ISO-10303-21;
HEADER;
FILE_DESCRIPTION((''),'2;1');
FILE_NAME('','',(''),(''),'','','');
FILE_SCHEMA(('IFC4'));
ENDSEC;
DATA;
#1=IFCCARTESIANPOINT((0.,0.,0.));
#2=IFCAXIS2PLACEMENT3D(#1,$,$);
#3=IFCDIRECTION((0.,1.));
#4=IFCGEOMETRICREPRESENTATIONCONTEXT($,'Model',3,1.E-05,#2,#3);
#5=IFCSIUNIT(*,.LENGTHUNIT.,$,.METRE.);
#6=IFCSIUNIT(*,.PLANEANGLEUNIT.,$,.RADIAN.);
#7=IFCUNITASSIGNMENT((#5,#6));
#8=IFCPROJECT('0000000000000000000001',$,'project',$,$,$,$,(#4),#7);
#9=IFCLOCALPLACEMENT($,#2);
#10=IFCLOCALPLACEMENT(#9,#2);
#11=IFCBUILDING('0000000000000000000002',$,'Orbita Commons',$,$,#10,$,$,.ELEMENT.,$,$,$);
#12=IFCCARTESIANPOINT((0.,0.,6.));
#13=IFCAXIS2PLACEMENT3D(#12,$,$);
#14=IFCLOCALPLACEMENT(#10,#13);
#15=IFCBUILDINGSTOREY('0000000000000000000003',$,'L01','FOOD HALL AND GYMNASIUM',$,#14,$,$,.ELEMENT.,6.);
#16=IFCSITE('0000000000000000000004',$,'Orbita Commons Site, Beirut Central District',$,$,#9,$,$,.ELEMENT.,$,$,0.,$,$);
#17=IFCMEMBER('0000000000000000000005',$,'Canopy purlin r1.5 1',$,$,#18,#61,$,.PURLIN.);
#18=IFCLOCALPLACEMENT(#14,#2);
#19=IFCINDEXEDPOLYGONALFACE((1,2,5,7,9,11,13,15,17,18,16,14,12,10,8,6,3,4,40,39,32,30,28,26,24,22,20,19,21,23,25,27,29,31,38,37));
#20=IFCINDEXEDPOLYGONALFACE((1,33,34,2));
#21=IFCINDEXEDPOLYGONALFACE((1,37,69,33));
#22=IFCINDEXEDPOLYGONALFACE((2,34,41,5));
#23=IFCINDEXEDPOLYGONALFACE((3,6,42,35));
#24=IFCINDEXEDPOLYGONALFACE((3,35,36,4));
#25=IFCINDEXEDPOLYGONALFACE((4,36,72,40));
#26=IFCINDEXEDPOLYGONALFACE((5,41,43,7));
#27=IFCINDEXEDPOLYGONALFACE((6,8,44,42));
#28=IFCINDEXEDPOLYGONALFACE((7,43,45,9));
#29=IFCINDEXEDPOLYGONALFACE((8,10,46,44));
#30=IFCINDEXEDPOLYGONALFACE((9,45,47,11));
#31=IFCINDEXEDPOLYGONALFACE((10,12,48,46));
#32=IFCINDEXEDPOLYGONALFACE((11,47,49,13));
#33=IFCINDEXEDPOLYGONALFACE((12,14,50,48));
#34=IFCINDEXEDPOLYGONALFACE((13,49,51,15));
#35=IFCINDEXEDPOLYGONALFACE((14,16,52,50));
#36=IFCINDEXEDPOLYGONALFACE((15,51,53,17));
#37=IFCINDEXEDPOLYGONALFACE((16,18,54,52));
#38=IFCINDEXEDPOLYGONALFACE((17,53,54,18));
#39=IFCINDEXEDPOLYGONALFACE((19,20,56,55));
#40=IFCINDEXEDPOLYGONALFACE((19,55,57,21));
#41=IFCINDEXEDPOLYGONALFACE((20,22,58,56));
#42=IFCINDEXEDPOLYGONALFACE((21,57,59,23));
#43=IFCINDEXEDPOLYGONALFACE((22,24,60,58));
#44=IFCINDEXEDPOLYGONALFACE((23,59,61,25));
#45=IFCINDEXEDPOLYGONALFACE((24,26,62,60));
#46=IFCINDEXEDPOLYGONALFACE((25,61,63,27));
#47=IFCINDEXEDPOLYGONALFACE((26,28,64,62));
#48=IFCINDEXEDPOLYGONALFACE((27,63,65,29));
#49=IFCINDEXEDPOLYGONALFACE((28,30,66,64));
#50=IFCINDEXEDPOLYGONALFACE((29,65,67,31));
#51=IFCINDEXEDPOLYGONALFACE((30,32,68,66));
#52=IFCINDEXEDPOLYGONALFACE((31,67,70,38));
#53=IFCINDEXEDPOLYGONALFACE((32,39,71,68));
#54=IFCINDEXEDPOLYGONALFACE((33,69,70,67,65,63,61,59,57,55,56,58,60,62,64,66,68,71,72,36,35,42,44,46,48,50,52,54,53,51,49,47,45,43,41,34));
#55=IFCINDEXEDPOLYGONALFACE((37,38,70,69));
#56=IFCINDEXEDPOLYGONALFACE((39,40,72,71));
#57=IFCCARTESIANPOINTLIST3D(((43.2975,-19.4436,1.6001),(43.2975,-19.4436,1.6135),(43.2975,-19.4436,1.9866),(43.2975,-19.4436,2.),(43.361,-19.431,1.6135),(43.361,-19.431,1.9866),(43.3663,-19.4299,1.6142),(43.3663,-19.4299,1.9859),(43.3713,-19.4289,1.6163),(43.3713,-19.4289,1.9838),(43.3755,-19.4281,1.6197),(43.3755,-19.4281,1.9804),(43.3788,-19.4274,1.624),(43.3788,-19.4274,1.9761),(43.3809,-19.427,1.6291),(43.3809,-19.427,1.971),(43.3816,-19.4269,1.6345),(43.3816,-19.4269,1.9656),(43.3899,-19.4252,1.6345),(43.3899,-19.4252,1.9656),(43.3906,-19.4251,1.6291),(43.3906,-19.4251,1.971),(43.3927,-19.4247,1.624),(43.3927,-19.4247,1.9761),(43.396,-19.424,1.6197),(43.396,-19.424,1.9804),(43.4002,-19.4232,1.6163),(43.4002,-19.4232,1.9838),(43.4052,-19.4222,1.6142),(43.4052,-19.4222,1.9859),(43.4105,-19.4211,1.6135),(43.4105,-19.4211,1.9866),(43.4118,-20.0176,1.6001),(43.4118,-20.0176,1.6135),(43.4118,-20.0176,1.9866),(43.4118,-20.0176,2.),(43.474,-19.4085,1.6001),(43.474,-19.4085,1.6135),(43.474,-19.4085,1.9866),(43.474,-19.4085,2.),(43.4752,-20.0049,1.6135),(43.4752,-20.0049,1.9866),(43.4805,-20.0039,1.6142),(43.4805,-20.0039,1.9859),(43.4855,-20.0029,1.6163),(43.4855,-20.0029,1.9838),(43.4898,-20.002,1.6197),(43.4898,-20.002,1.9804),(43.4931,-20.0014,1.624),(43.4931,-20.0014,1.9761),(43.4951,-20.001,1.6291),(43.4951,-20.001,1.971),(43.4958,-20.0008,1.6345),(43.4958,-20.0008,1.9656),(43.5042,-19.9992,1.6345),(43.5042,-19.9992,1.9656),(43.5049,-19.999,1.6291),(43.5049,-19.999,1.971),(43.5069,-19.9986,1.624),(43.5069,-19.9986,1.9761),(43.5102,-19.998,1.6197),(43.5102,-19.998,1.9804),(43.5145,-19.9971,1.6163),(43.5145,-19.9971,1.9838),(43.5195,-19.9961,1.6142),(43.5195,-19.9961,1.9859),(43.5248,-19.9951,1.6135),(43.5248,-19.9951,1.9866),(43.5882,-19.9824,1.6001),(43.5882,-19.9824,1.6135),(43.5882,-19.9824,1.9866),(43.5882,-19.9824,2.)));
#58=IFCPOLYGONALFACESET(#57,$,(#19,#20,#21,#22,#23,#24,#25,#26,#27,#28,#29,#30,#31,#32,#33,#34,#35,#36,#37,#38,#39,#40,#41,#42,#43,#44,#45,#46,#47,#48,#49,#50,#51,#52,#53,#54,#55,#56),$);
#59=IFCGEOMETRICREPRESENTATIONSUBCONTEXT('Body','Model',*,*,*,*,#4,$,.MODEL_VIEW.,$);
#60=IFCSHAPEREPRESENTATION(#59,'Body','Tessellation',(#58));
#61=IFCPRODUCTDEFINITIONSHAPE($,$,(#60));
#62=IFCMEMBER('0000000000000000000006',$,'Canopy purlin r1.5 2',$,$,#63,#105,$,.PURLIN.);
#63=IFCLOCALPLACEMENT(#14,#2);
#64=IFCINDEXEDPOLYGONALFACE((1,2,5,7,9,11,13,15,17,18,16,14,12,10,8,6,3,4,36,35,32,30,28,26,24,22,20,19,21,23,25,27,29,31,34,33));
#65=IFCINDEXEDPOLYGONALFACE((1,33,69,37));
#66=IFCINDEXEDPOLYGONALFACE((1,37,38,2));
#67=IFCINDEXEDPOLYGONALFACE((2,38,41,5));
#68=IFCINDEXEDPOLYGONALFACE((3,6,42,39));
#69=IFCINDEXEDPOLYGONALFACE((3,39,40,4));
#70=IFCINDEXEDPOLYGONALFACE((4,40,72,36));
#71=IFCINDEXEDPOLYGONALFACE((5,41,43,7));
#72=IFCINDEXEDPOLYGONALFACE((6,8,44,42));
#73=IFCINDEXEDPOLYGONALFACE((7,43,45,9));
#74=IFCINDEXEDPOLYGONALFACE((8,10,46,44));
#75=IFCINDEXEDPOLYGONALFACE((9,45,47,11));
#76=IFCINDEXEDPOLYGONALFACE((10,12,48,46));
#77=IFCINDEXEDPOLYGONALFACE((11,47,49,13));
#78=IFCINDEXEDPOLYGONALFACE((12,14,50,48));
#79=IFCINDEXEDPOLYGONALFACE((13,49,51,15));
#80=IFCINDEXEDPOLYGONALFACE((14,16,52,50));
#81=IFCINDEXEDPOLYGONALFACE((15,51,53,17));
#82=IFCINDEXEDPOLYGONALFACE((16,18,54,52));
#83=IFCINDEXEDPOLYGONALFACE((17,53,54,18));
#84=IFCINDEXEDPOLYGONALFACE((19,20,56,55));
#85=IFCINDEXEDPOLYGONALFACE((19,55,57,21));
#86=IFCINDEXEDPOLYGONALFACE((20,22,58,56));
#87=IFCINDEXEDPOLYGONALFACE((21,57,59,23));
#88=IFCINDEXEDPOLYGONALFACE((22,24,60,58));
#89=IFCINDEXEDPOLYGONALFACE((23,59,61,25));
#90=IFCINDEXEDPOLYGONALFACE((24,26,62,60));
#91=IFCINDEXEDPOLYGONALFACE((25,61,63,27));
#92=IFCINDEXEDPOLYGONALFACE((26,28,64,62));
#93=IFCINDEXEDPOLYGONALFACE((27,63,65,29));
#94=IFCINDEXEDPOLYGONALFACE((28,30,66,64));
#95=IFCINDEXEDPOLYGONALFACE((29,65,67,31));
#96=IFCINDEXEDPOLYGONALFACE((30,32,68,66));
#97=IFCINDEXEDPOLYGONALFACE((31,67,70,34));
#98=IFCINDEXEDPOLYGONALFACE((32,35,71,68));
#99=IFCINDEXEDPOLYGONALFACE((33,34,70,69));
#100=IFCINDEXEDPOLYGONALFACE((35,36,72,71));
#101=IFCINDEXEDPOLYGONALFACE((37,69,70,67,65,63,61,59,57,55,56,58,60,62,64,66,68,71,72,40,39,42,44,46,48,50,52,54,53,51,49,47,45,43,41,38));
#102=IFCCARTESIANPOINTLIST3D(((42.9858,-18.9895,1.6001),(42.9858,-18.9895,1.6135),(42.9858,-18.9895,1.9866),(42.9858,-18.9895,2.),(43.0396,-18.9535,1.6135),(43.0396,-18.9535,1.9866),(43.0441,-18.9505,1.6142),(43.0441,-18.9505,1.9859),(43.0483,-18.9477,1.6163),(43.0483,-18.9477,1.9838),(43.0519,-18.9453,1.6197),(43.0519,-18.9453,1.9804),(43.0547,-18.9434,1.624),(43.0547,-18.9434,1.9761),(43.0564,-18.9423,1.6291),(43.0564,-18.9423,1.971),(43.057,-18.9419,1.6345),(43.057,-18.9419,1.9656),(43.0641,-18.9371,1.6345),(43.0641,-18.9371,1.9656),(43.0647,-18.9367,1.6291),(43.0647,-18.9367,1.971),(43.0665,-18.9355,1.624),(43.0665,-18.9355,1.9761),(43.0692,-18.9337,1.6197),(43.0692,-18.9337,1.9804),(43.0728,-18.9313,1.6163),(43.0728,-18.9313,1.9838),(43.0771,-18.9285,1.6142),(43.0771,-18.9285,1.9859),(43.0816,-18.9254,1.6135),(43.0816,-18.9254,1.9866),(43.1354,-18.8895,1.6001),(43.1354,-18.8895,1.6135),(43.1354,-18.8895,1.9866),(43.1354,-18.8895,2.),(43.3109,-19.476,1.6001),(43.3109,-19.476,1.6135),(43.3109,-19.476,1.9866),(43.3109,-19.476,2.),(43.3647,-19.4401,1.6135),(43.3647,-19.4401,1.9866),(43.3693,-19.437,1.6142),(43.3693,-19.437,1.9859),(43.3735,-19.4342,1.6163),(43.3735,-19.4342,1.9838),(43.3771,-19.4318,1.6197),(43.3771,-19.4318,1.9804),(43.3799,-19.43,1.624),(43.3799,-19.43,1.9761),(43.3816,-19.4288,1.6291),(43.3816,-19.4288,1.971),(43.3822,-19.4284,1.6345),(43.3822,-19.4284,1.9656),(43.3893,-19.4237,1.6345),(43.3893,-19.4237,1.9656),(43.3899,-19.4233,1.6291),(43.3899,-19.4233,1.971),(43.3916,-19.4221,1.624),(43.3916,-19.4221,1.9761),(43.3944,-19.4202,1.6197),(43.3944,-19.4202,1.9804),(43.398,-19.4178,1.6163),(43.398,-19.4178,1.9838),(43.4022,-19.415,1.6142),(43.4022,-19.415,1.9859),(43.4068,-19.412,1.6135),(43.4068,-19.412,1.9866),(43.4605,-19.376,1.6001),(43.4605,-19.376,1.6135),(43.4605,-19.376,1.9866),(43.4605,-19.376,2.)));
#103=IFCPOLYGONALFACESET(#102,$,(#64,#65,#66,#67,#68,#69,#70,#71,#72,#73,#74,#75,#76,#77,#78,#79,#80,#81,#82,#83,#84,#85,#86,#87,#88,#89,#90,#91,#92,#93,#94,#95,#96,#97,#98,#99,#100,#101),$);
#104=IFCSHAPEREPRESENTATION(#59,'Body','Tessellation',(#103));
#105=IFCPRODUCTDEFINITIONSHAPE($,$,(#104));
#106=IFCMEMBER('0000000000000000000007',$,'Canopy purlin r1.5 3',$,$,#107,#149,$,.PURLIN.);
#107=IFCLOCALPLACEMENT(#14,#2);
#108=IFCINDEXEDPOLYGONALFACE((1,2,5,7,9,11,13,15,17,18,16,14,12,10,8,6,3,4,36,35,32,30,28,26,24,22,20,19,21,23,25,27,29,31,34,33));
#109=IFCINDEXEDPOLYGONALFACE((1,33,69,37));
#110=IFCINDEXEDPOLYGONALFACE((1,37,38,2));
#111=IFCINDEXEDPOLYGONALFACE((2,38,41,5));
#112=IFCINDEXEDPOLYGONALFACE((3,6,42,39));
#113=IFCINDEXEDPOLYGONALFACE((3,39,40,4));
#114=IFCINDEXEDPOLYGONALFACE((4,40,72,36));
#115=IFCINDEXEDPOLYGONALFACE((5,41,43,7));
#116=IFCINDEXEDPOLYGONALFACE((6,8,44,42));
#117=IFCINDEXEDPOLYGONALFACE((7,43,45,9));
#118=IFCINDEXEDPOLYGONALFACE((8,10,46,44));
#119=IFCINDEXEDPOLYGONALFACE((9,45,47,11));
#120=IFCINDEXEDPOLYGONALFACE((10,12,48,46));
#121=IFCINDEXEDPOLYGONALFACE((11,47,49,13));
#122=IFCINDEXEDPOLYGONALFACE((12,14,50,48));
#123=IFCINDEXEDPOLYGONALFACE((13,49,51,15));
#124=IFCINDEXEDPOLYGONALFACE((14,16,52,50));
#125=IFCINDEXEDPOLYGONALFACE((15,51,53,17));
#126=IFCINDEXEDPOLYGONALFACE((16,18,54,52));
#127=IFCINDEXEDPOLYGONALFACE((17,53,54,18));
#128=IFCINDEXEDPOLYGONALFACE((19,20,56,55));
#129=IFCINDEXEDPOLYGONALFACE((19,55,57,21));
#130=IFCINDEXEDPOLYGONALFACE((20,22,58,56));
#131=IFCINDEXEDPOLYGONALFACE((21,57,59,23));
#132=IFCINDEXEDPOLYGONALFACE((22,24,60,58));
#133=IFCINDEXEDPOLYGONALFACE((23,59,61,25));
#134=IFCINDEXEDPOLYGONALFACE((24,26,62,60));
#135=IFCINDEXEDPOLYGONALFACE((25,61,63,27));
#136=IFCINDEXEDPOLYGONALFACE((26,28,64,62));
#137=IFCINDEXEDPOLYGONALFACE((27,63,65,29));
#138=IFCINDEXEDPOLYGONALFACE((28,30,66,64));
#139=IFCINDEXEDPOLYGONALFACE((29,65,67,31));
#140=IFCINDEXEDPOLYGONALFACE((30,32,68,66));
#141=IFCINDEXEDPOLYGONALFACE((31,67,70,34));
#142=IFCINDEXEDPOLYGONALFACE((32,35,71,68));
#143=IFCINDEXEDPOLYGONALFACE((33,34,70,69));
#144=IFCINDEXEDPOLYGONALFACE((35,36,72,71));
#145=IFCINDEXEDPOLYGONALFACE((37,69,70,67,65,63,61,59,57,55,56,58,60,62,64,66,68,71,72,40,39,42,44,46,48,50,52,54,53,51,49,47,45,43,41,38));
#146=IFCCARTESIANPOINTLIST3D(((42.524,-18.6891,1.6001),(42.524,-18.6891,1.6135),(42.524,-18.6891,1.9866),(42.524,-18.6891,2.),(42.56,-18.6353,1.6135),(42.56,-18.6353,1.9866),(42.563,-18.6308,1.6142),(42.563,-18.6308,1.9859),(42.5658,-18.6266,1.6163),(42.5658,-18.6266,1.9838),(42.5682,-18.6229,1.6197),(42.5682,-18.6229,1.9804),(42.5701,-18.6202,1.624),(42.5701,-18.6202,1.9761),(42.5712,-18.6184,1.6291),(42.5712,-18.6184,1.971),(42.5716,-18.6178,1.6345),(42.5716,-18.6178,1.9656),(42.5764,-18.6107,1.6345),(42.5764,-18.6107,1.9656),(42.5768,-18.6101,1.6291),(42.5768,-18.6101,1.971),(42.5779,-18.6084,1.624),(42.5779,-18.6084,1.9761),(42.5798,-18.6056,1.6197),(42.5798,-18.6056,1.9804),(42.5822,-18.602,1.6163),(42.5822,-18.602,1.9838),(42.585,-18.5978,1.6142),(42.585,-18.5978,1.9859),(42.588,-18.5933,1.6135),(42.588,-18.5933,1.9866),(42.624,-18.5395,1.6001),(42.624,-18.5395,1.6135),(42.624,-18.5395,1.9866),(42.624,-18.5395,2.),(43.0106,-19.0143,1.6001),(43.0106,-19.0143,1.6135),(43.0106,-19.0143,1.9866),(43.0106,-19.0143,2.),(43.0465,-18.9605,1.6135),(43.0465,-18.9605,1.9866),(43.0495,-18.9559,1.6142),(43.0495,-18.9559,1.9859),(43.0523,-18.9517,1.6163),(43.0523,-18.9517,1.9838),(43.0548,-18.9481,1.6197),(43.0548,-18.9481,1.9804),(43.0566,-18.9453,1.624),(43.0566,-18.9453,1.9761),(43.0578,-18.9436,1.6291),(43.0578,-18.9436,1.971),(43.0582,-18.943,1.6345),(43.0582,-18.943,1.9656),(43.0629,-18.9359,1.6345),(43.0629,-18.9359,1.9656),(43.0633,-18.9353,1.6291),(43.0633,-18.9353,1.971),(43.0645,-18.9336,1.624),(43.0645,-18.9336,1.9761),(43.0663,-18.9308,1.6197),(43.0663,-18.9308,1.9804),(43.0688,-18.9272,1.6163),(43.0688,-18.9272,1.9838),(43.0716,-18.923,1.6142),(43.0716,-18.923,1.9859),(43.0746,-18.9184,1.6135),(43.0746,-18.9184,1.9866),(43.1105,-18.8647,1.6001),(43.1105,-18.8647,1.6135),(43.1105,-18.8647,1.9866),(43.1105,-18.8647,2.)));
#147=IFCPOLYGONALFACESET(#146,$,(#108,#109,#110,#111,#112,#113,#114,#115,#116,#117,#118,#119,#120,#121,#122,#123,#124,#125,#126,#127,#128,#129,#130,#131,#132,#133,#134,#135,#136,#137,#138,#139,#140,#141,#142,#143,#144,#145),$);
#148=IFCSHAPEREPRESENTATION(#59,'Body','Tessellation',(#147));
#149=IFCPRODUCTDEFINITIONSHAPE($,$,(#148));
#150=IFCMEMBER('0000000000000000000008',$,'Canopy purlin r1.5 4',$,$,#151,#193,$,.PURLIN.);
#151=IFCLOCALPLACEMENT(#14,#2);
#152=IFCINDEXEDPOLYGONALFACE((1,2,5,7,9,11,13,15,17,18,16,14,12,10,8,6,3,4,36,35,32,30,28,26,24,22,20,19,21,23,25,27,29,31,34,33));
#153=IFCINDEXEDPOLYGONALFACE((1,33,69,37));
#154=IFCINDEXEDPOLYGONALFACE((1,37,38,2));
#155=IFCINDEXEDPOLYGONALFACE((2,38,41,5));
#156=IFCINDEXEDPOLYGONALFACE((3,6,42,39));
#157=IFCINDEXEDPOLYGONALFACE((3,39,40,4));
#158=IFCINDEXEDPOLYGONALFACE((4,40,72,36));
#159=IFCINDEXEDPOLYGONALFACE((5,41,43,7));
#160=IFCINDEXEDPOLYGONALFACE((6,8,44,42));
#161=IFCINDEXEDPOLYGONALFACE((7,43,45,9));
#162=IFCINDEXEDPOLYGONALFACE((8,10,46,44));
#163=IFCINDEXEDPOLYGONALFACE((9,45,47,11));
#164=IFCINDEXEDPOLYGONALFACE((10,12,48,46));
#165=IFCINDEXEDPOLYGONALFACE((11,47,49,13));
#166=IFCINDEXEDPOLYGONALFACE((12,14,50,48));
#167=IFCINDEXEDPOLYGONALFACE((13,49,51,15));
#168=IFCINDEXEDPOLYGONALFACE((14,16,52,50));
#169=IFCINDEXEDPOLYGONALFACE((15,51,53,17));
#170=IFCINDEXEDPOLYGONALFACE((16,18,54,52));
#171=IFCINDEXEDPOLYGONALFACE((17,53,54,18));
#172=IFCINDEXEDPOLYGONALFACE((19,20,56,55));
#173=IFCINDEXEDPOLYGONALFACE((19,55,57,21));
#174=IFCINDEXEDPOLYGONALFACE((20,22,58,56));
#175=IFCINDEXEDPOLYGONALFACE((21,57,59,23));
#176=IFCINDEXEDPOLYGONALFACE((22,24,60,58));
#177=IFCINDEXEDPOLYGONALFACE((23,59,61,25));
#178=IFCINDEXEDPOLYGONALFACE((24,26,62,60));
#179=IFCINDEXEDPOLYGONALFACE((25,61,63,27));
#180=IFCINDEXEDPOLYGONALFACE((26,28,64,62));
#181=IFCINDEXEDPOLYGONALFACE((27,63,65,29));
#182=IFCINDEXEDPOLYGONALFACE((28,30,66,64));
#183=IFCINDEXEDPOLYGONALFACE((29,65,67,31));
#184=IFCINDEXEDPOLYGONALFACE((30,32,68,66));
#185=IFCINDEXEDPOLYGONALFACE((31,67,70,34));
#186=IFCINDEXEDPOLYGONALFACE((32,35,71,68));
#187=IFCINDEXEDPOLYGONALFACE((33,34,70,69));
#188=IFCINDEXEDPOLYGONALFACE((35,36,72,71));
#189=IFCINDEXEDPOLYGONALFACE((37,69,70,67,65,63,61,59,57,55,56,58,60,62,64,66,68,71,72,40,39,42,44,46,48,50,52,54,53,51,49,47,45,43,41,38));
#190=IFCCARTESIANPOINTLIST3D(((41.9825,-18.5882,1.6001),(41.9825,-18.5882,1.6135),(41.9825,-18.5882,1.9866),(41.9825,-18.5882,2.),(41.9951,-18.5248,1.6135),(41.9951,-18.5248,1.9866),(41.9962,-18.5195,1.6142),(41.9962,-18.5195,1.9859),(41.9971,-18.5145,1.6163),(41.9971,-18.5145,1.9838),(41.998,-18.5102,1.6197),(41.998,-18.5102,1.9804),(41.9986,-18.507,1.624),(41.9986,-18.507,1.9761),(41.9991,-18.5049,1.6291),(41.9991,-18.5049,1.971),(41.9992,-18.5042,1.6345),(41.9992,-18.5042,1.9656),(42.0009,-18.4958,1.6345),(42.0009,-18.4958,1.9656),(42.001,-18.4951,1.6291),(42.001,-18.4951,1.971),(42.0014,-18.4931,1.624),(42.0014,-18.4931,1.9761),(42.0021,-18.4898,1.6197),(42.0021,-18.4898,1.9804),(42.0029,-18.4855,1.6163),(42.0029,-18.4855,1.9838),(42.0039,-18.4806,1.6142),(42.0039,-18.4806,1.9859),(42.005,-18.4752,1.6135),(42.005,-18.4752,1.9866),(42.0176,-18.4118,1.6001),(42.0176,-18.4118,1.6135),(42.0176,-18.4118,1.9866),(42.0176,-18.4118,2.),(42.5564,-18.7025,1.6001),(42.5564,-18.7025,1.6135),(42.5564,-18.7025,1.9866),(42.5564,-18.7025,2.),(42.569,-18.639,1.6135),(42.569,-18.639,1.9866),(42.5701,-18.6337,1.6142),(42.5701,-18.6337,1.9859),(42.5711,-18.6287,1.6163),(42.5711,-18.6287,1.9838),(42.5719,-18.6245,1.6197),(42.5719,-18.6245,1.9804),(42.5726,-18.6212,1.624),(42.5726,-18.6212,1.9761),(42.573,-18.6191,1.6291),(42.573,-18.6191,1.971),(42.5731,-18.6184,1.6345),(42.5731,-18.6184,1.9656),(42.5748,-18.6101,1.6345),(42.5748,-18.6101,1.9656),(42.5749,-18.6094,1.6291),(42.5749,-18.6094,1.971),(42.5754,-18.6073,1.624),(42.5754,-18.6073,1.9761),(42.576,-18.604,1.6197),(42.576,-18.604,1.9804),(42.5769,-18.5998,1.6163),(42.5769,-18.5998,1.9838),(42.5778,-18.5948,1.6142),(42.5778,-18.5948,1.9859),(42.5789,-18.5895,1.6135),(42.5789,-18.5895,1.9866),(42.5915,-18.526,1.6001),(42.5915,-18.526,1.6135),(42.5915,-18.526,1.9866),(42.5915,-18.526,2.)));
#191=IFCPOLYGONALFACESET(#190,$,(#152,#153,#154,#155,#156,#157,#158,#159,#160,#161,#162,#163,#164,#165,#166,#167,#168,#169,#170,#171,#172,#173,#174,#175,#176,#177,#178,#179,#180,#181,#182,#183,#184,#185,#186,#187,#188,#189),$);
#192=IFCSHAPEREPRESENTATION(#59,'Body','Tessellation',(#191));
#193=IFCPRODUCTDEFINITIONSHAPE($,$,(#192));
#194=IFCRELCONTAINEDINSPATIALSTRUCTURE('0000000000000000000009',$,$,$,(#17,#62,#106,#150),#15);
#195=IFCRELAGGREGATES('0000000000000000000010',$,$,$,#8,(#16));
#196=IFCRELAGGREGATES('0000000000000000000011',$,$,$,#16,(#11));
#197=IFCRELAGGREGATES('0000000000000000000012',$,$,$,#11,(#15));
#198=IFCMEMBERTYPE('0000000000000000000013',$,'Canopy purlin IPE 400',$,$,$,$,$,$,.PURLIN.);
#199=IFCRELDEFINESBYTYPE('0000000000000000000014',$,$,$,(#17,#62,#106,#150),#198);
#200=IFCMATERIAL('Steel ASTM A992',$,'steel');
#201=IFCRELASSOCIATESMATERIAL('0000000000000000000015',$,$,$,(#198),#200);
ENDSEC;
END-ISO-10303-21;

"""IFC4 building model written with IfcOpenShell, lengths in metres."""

from ifc_helpers import new_model, si_unit, direction, frame, origin, origin_2d, place, context, subcontext, project, spatial, i_section, extrude, material, material_profile, profile_set, type_object, element, save


model = new_model("IFC4")

# Units and contexts
model_context = context("Model", 3, precision=1e-05, world=origin(), true_north=direction((0.0, 1.0)))
body_context = subcontext(model_context, "Body", "Model", "MODEL_VIEW")
ifc_project = project(units=[si_unit("LENGTHUNIT", "METRE"), si_unit("PLANEANGLEUNIT", "RADIAN")], contexts=[model_context])

# Site, building, storey
site_placement = place(None, origin())
site = spatial("IfcSite", under=ifc_project, at=site_placement, Name="Orbita Commons Site, Beirut Central District", CompositionType="ELEMENT", RefElevation=0.0)
building_placement = place(site_placement, origin())
building = spatial("IfcBuilding", under=site, at=building_placement, Name="Orbita Commons", CompositionType="ELEMENT")
storey_placement = place(building_placement, frame((0.0, 0.0, 6.0)))
storey = spatial("IfcBuildingStorey", under=building, at=storey_placement, Name="L01", Description="FOOD HALL AND GYMNASIUM", CompositionType="ELEMENT", Elevation=6.0)

# Members
ifc_material_1 = material(Name="Steel ASTM A992", Category="steel")
ifc_material_profile_1 = material_profile(ifc_material_1, i_section(OverallWidth=0.1799, OverallDepth=0.3999, WebThickness=0.0085, FlangeThickness=0.0134, FilletRadius=0.021, at=origin_2d()), Name="IPE 400")
ifc_profile_set_1 = profile_set([ifc_material_profile_1], Name="Steel ASTM A992")
member_type_1 = type_object("IfcMemberType", Name="Canopy purlin IPE 400", PredefinedType="PURLIN", material=ifc_profile_set_1)
for number, where, z_axis, x_axis, name in (
    (1, (43.5, -20.0, 1.8), (-0.195234, 0.980757, 0.0), (-0.980757, -0.195234, 0.0), "Canopy purlin r1.5 1"),
    (2, (43.3857, -19.426, 1.8), (-0.555663, 0.831408, 0.0), (-0.831408, -0.555663, 0.0), "Canopy purlin r1.5 2"),
    (3, (43.0605, -18.9395, 1.8), (-0.831408, 0.555663, 0.0), (-0.555663, -0.831408, 0.0), "Canopy purlin r1.5 3"),
    (4, (42.574, -18.6143, 1.8), (-0.980757, 0.195234, 0.0), (-0.195234, -0.980757, 0.0), "Canopy purlin r1.5 4"),
):
    element("IfcMember", number, at=place(storey_placement, frame(where, z_axis=z_axis, x_axis=x_axis)), inside=storey, type_object=member_type_1, Name=name, PredefinedType="PURLIN", context=body_context, shape_type="SweptSolid", body=[
        extrude(i_section(OverallWidth=0.1799, OverallDepth=0.3999, WebThickness=0.0085, FlangeThickness=0.0134, FilletRadius=0.021, at=origin_2d()), origin(), (0.0, 0.0, 1.0), 0.5852),
    ])

save(model, "model.ifc")
